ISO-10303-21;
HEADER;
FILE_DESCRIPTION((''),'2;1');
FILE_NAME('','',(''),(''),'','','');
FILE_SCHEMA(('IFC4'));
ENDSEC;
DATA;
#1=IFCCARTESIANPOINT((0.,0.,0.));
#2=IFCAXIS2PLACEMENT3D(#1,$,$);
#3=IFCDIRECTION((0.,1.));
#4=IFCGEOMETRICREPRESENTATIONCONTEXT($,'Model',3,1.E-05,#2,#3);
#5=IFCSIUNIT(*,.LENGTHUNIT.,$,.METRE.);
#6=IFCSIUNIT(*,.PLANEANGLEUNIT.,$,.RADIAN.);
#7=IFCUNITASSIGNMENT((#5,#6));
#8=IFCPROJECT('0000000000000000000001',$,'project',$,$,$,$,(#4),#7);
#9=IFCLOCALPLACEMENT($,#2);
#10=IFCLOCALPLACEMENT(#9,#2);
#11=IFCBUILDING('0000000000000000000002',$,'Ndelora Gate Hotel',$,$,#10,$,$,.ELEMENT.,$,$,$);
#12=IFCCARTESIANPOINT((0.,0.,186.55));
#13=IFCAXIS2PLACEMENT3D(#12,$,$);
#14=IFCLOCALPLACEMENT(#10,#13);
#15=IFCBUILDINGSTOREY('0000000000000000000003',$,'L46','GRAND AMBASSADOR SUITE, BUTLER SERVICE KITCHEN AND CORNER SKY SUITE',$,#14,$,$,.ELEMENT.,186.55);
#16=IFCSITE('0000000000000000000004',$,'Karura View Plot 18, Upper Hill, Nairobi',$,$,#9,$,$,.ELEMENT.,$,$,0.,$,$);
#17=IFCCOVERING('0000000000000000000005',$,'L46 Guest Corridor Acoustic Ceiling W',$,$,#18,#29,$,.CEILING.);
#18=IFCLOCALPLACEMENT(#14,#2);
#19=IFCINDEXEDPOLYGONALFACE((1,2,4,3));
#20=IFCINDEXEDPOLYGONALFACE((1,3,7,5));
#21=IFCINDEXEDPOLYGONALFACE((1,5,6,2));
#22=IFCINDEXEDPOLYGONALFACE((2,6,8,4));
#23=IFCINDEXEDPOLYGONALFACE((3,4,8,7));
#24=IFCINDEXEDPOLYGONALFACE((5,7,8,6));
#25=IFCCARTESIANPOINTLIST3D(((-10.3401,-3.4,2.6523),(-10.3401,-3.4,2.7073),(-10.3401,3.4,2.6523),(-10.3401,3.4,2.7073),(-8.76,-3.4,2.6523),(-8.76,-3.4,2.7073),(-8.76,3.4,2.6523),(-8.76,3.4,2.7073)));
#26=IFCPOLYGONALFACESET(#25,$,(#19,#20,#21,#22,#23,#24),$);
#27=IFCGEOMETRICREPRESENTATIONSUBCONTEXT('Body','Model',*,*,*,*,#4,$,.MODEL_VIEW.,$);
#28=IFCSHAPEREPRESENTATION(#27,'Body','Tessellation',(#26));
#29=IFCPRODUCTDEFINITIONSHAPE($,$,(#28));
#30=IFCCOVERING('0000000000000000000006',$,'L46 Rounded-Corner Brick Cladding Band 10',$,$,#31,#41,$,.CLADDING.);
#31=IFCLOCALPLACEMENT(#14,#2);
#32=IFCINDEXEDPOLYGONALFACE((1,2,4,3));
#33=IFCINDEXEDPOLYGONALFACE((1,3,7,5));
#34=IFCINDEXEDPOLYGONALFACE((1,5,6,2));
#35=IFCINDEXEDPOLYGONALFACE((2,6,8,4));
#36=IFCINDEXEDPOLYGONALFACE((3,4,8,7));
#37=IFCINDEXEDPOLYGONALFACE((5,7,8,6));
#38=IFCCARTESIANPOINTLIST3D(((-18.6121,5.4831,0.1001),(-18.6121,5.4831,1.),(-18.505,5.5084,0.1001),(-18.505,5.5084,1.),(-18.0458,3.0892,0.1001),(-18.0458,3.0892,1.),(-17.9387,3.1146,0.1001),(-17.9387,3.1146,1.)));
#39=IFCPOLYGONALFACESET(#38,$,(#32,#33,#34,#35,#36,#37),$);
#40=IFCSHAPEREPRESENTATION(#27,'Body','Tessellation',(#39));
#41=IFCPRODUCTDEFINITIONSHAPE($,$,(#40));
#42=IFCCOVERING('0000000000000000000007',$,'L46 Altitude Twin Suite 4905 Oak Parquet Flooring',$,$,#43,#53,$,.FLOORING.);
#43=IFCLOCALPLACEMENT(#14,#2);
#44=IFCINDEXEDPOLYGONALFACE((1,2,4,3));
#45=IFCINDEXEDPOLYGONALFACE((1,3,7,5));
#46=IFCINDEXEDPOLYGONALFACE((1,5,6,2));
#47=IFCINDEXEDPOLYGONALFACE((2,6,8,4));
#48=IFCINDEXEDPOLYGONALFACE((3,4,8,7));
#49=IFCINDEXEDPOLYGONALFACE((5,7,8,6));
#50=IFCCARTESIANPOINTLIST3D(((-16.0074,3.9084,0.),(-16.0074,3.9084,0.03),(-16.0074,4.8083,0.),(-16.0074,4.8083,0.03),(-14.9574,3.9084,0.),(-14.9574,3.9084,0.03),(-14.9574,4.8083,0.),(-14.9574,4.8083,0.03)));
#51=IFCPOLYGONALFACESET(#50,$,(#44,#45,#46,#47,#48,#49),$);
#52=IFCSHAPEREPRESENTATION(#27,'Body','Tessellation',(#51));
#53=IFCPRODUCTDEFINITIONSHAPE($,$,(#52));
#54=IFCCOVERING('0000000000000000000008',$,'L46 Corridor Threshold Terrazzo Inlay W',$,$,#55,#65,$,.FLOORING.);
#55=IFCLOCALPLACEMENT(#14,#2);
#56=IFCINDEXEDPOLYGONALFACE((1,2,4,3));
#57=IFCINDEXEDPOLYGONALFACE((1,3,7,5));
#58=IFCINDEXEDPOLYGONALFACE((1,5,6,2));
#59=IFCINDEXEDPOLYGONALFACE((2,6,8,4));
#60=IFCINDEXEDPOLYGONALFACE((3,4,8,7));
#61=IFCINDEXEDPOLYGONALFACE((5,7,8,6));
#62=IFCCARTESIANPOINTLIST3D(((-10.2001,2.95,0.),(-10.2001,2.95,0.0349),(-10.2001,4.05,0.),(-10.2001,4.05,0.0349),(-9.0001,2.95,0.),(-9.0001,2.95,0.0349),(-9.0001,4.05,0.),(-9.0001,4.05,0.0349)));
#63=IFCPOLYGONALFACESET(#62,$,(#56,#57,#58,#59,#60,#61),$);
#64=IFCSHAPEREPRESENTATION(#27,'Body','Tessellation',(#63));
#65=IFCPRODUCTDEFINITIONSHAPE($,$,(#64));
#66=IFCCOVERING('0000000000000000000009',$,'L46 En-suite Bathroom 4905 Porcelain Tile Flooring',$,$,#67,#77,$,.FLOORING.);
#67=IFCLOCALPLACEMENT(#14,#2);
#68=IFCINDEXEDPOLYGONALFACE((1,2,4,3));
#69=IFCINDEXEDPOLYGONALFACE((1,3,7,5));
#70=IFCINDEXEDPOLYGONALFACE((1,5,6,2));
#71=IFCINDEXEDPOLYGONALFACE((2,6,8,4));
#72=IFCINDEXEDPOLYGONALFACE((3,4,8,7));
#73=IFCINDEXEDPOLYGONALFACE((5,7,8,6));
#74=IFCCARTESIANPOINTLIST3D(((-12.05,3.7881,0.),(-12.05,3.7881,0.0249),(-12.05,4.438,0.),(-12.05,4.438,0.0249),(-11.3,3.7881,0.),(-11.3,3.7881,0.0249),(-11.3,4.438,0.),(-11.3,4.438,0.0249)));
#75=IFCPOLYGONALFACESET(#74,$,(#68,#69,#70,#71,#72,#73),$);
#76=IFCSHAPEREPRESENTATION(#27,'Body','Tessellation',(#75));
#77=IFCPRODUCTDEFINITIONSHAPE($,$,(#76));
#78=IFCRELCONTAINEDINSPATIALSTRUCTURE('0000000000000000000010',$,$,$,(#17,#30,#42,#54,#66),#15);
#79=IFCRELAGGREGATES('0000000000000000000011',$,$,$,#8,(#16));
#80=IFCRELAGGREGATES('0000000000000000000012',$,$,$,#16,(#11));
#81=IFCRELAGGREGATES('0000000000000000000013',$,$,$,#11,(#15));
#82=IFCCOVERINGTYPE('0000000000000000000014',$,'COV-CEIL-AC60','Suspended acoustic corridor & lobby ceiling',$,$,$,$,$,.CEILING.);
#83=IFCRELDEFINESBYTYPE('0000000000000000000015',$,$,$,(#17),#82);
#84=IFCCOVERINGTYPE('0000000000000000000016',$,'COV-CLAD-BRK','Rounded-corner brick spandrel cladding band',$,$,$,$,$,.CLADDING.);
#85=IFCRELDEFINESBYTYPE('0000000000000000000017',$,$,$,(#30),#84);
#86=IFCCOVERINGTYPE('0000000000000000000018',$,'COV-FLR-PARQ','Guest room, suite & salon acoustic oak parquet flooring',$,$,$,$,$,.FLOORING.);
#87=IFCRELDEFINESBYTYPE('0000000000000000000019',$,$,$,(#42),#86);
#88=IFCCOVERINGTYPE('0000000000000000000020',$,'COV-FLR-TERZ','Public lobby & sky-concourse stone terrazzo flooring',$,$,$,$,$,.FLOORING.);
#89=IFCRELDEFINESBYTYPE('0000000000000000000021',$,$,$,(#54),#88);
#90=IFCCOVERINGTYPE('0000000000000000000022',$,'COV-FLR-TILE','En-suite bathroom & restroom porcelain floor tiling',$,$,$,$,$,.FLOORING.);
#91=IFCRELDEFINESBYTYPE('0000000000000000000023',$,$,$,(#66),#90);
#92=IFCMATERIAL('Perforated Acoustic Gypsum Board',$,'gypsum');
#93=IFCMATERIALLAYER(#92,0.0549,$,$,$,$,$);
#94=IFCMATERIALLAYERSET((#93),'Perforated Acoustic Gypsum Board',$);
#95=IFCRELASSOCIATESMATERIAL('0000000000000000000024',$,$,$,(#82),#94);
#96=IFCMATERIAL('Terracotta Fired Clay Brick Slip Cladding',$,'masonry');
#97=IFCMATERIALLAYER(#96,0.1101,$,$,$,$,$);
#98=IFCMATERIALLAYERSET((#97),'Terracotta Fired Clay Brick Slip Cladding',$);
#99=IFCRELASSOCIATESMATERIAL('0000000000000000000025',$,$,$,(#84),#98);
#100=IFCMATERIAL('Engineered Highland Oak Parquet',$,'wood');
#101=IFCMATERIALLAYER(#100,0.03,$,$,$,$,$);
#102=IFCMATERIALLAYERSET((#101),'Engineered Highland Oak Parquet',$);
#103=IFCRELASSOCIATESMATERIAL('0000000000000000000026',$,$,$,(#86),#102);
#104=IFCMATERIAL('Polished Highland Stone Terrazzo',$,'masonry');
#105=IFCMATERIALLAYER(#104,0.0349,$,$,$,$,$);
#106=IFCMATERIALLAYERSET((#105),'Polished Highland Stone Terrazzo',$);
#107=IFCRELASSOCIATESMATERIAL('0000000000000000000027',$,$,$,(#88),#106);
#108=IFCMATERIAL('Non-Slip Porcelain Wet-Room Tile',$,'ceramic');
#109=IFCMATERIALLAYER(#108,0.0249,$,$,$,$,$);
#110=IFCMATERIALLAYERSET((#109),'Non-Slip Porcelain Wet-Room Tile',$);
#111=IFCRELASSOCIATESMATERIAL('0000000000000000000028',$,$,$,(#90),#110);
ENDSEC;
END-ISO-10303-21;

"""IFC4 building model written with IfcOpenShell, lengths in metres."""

from ifc_helpers import new_model, si_unit, direction, frame, origin, origin_2d, place, context, subcontext, project, spatial, rectangle, extrude, material, layer, layer_set, type_object, element, save


model = new_model("IFC4")

# Units and contexts
model_context = context("Model", 3, precision=1e-05, world=origin(), true_north=direction((0.0, 1.0)))
body_context = subcontext(model_context, "Body", "Model", "MODEL_VIEW")
ifc_project = project(units=[si_unit("LENGTHUNIT", "METRE"), si_unit("PLANEANGLEUNIT", "RADIAN")], contexts=[model_context])

# Site, building, storey
site_placement = place(None, origin())
site = spatial("IfcSite", under=ifc_project, at=site_placement, Name="Karura View Plot 18, Upper Hill, Nairobi", CompositionType="ELEMENT", RefElevation=0.0)
building_placement = place(site_placement, origin())
building = spatial("IfcBuilding", under=site, at=building_placement, Name="Ndelora Gate Hotel", CompositionType="ELEMENT")
storey_placement = place(building_placement, frame((0.0, 0.0, 186.55)))
storey = spatial("IfcBuildingStorey", under=building, at=storey_placement, Name="L46", Description="GRAND AMBASSADOR SUITE, BUTLER SERVICE KITCHEN AND CORNER SKY SUITE", CompositionType="ELEMENT", Elevation=186.55)

# Coverings
ifc_material_1 = material(Name="Perforated Acoustic Gypsum Board", Category="gypsum")
ifc_layer_1 = layer(ifc_material_1, 0.0549)
ifc_layer_set_1 = layer_set([ifc_layer_1], Name="Perforated Acoustic Gypsum Board")
covering_type_1 = type_object("IfcCoveringType", Name="COV-CEIL-AC60", Description="Suspended acoustic corridor & lobby ceiling", PredefinedType="CEILING", material=ifc_layer_set_1)
covering_1_placement = place(storey_placement, frame((-9.55, 0.0, 2.6523), z_axis=(0.0, 0.0, 1.0), x_axis=(1.0, 0.0, 0.0)))
element("IfcCovering", 1, at=covering_1_placement, inside=storey, type_object=covering_type_1, Name="L46 Guest Corridor Acoustic Ceiling W", PredefinedType="CEILING", context=body_context, shape_type="SweptSolid", body=[
    extrude(rectangle(XDim=1.5801, YDim=6.8, at=origin_2d()), origin(), (0.0, 0.0, 1.0), 0.0549),
])
ifc_material_2 = material(Name="Terracotta Fired Clay Brick Slip Cladding", Category="masonry")
ifc_layer_2 = layer(ifc_material_2, 0.1101)
ifc_layer_set_2 = layer_set([ifc_layer_2], Name="Terracotta Fired Clay Brick Slip Cladding")
covering_type_2 = type_object("IfcCoveringType", Name="COV-CLAD-BRK", Description="Rounded-corner brick spandrel cladding band", PredefinedType="CLADDING", material=ifc_layer_set_2)
covering_2_placement = place(storey_placement, frame((-18.2754, 4.2988, 0.1001), z_axis=(0.0, 0.0, 1.0), x_axis=(-0.23022, 0.973139, 0.0)))
element("IfcCovering", 2, at=covering_2_placement, inside=storey, type_object=covering_type_2, Name="L46 Rounded-Corner Brick Cladding Band 10", PredefinedType="CLADDING", context=body_context, shape_type="SweptSolid", body=[
    extrude(rectangle(XDim=2.46, YDim=0.1101, at=origin_2d()), origin(), (0.0, 0.0, 1.0), 0.8999),
])
ifc_material_3 = material(Name="Engineered Highland Oak Parquet", Category="wood")
ifc_layer_3 = layer(ifc_material_3, 0.03)
ifc_layer_set_3 = layer_set([ifc_layer_3], Name="Engineered Highland Oak Parquet")
covering_type_3 = type_object("IfcCoveringType", Name="COV-FLR-PARQ", Description="Guest room, suite & salon acoustic oak parquet flooring", PredefinedType="FLOORING", material=ifc_layer_set_3)
covering_3_placement = place(storey_placement, frame((-15.4824, 4.3584, 0.0), z_axis=(0.0, 0.0, 1.0), x_axis=(1.0, 0.0, 0.0)))
element("IfcCovering", 3, at=covering_3_placement, inside=storey, type_object=covering_type_3, Name="L46 Altitude Twin Suite 4905 Oak Parquet Flooring", PredefinedType="FLOORING", context=body_context, shape_type="SweptSolid", body=[
    extrude(rectangle(XDim=1.05, YDim=0.8999, at=origin_2d()), origin(), (0.0, 0.0, 1.0), 0.03),
])
ifc_material_4 = material(Name="Polished Highland Stone Terrazzo", Category="masonry")
ifc_layer_4 = layer(ifc_material_4, 0.0349)
ifc_layer_set_4 = layer_set([ifc_layer_4], Name="Polished Highland Stone Terrazzo")
covering_type_4 = type_object("IfcCoveringType", Name="COV-FLR-TERZ", Description="Public lobby & sky-concourse stone terrazzo flooring", PredefinedType="FLOORING", material=ifc_layer_set_4)
covering_4_placement = place(storey_placement, frame((-9.6001, 3.5, 0.0), z_axis=(0.0, 0.0, 1.0), x_axis=(1.0, 0.0, 0.0)))
element("IfcCovering", 4, at=covering_4_placement, inside=storey, type_object=covering_type_4, Name="L46 Corridor Threshold Terrazzo Inlay W", PredefinedType="FLOORING", context=body_context, shape_type="SweptSolid", body=[
    extrude(rectangle(XDim=1.2, YDim=1.1001, at=origin_2d()), origin(), (0.0, 0.0, 1.0), 0.0349),
])
ifc_material_5 = material(Name="Non-Slip Porcelain Wet-Room Tile", Category="ceramic")
ifc_layer_5 = layer(ifc_material_5, 0.0249)
ifc_layer_set_5 = layer_set([ifc_layer_5], Name="Non-Slip Porcelain Wet-Room Tile")
covering_type_5 = type_object("IfcCoveringType", Name="COV-FLR-TILE", Description="En-suite bathroom & restroom porcelain floor tiling", PredefinedType="FLOORING", material=ifc_layer_set_5)
covering_5_placement = place(storey_placement, frame((-11.675, 4.113, 0.0), z_axis=(0.0, 0.0, 1.0), x_axis=(1.0, 0.0, 0.0)))
element("IfcCovering", 5, at=covering_5_placement, inside=storey, type_object=covering_type_5, Name="L46 En-suite Bathroom 4905 Porcelain Tile Flooring", PredefinedType="FLOORING", context=body_context, shape_type="SweptSolid", body=[
    extrude(rectangle(XDim=0.75, YDim=0.6499, at=origin_2d()), origin(), (0.0, 0.0, 1.0), 0.0249),
])

save(model, "model.ifc")
